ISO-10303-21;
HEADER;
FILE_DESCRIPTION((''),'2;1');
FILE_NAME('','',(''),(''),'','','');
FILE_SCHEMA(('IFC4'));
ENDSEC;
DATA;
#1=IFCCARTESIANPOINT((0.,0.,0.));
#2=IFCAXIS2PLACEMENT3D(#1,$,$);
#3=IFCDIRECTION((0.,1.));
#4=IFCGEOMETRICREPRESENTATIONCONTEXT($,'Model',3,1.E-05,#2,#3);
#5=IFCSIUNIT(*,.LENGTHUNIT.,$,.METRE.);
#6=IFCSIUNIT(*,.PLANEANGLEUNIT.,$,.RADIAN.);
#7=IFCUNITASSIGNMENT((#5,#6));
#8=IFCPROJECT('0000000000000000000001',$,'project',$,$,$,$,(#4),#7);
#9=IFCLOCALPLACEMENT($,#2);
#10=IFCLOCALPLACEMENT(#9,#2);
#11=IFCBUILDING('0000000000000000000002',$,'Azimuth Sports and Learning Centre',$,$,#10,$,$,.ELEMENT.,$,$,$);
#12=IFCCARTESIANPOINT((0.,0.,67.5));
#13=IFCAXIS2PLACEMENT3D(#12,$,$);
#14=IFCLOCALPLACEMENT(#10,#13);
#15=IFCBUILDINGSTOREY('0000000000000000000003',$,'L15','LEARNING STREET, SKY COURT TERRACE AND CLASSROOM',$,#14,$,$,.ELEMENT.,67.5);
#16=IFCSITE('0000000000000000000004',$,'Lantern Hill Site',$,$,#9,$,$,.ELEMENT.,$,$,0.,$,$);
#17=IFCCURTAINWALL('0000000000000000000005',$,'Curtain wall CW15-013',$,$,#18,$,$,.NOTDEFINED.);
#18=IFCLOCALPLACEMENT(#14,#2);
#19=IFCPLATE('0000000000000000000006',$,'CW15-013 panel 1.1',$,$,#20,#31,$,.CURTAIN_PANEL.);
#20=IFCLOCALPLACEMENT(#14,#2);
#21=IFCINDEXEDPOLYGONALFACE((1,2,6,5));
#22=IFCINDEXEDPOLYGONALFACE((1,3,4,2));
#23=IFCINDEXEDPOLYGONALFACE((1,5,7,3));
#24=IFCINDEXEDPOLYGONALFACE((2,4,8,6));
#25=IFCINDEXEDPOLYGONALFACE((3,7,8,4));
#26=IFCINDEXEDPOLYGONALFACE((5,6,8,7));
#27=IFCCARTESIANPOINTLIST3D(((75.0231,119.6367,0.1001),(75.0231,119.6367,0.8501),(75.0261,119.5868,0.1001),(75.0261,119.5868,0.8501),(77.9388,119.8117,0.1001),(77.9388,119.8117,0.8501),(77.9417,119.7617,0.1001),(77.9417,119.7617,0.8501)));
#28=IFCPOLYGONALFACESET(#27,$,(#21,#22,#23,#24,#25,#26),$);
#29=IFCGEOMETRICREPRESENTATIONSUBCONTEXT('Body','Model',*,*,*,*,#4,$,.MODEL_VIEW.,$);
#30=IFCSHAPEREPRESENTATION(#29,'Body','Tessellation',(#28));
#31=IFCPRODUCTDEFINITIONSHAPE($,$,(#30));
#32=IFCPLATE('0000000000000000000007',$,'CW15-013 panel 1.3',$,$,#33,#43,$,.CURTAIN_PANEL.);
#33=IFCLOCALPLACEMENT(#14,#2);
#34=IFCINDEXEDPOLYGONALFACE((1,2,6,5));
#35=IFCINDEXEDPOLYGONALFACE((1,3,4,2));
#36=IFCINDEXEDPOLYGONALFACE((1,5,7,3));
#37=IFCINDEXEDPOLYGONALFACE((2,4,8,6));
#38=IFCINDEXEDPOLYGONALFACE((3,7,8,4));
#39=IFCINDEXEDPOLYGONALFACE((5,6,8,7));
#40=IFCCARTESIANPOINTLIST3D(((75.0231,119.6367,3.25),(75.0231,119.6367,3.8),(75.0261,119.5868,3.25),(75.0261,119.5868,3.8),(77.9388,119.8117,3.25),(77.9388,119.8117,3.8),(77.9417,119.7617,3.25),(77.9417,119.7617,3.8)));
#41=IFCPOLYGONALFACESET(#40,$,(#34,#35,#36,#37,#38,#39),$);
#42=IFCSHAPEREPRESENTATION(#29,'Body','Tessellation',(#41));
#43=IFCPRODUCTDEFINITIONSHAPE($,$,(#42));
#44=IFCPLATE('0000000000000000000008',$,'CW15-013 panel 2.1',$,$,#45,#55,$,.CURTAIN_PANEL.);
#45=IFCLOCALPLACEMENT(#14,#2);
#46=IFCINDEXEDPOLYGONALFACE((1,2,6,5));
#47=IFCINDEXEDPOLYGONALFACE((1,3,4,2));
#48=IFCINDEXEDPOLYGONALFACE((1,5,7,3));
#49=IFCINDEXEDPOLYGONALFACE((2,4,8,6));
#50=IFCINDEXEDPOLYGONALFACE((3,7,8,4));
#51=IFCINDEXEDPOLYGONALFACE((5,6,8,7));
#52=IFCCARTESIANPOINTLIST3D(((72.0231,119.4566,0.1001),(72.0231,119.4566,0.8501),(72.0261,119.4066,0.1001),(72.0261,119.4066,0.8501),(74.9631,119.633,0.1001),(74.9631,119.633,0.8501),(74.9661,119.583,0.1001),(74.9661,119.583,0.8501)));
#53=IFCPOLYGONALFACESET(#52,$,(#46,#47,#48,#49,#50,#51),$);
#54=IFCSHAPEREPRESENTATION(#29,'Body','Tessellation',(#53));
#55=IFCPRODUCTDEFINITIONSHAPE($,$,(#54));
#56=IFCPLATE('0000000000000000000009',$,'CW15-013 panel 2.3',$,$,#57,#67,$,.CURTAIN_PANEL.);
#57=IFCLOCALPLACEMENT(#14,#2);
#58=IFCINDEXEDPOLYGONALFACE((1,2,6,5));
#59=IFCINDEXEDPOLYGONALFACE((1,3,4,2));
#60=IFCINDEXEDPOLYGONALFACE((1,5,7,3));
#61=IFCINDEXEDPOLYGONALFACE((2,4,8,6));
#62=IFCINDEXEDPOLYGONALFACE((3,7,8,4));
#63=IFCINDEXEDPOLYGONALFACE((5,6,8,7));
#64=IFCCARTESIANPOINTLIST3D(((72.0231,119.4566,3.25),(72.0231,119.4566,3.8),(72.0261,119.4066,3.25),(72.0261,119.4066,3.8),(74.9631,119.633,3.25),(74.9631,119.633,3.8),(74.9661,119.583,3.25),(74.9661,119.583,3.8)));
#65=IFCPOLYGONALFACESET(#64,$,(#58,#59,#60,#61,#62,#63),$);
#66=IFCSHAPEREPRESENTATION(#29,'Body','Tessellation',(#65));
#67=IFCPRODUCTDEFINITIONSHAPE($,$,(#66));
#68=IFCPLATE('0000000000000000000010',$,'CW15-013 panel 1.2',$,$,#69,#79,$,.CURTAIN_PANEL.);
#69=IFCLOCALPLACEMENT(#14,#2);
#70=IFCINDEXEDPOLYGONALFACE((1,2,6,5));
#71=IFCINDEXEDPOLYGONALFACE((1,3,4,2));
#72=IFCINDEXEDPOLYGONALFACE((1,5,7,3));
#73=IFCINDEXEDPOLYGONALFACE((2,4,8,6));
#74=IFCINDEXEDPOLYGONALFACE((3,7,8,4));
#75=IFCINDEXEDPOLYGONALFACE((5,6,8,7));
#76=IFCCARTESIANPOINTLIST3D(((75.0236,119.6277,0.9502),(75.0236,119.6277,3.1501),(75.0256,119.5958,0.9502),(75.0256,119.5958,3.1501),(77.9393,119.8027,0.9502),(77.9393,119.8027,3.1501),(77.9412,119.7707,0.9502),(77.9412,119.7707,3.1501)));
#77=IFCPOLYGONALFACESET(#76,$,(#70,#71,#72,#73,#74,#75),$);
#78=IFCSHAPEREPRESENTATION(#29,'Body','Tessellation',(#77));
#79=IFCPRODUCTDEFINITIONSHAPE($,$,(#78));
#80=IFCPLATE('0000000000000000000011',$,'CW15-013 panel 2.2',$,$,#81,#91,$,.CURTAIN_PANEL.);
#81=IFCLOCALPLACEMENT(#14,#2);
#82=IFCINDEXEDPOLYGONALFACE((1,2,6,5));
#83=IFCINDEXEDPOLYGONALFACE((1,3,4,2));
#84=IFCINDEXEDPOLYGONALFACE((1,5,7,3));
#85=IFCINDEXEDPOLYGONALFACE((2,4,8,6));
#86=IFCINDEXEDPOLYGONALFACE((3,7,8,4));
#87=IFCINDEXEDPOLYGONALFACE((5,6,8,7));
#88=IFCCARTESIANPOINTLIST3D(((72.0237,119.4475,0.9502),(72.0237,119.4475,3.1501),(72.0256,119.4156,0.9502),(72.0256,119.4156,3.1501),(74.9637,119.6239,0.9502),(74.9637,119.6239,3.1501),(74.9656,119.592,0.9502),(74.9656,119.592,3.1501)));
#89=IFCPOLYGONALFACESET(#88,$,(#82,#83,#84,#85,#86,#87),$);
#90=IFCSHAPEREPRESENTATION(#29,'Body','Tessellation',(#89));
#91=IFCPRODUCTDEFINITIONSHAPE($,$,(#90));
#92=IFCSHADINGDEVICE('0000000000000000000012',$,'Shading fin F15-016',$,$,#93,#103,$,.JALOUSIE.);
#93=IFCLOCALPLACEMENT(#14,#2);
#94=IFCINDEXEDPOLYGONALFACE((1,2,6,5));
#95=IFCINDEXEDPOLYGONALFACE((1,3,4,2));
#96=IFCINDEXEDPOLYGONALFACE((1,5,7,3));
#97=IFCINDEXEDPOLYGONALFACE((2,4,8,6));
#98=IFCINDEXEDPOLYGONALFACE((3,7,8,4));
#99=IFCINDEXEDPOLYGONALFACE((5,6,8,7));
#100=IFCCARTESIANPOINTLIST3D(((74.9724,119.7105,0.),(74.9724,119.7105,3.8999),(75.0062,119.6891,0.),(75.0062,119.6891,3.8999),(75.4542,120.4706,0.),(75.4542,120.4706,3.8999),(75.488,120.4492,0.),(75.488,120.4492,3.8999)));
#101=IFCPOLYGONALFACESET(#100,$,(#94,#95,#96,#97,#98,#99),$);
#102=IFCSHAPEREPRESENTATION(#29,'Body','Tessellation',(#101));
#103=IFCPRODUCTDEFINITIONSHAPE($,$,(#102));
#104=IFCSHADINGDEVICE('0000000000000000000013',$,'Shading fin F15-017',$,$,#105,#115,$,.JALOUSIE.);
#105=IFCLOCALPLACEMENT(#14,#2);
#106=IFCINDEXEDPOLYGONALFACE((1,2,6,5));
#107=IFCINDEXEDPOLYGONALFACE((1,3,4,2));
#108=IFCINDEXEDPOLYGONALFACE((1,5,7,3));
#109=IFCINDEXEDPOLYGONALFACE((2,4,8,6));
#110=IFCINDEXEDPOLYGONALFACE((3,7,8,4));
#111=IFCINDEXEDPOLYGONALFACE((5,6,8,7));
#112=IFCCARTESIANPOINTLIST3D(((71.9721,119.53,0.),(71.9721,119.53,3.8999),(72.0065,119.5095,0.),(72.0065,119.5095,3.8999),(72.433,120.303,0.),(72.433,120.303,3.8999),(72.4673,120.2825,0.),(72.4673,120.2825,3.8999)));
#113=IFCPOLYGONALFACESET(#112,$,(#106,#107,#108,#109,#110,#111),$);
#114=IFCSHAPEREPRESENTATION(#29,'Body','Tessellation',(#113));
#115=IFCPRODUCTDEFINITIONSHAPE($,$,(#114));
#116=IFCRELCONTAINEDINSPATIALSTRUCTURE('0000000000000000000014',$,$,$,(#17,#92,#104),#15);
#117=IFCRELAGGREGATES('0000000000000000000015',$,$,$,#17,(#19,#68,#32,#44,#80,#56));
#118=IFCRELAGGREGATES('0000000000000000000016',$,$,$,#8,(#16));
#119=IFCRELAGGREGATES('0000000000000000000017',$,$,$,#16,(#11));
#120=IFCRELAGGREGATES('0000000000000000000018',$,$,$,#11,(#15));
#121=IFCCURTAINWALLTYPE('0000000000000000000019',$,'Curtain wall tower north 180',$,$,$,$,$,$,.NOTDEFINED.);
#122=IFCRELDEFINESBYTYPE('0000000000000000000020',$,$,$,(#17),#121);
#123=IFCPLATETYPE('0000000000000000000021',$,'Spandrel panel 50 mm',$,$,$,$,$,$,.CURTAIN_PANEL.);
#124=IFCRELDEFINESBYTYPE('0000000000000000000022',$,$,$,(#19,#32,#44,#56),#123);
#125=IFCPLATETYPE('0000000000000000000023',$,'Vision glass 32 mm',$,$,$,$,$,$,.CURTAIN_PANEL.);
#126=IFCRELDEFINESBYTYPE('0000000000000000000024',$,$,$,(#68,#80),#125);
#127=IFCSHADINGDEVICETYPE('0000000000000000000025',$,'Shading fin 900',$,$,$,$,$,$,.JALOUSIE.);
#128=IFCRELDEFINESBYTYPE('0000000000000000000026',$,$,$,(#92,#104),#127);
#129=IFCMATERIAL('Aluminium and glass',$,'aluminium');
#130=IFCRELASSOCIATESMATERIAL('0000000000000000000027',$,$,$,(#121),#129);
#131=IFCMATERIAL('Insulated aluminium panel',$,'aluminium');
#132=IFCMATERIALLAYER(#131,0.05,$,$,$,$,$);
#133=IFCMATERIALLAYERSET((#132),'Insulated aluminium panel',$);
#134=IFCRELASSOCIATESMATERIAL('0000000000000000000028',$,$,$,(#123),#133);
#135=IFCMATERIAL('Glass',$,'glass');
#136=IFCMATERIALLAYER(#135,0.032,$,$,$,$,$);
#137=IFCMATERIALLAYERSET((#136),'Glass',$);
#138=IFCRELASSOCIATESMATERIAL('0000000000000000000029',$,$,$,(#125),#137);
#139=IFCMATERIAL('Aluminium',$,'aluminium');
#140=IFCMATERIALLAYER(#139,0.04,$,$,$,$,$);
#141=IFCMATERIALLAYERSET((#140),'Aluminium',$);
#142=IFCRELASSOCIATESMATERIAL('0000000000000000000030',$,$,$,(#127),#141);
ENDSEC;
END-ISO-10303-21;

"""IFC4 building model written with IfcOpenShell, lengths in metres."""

from ifc_helpers import new_model, si_unit, direction, frame, origin, origin_2d, place, context, subcontext, project, spatial, rectangle, extrude, material, layer, layer_set, type_object, element, aggregate, save


model = new_model("IFC4")

# Units and contexts
model_context = context("Model", 3, precision=1e-05, world=origin(), true_north=direction((0.0, 1.0)))
body_context = subcontext(model_context, "Body", "Model", "MODEL_VIEW")
ifc_project = project(units=[si_unit("LENGTHUNIT", "METRE"), si_unit("PLANEANGLEUNIT", "RADIAN")], contexts=[model_context])

# Site, building, storey
site_placement = place(None, origin())
site = spatial("IfcSite", under=ifc_project, at=site_placement, Name="Lantern Hill Site", CompositionType="ELEMENT", RefElevation=0.0)
building_placement = place(site_placement, origin())
building = spatial("IfcBuilding", under=site, at=building_placement, Name="Azimuth Sports and Learning Centre", CompositionType="ELEMENT")
storey_placement = place(building_placement, frame((0.0, 0.0, 67.5)))
storey = spatial("IfcBuildingStorey", under=building, at=storey_placement, Name="L15", Description="LEARNING STREET, SKY COURT TERRACE AND CLASSROOM", CompositionType="ELEMENT", Elevation=67.5)

# Curtain wall, plates
ifc_material_1 = material(Name="Aluminium and glass", Category="aluminium")
curtain_wall_type = type_object("IfcCurtainWallType", Name="Curtain wall tower north 180", PredefinedType="NOTDEFINED", material=ifc_material_1)
curtain_wall_placement = place(storey_placement, origin())
curtain_wall = element("IfcCurtainWall", 1, at=curtain_wall_placement, inside=storey, type_object=curtain_wall_type, Name="Curtain wall CW15-013", PredefinedType="NOTDEFINED")
ifc_material_2 = material(Name="Insulated aluminium panel", Category="aluminium")
ifc_layer_1 = layer(ifc_material_2, 0.05)
ifc_layer_set_1 = layer_set([ifc_layer_1], Name="Insulated aluminium panel")
plate_type_1 = type_object("IfcPlateType", Name="Spandrel panel 50 mm", PredefinedType="CURTAIN_PANEL", material=ifc_layer_set_1)
plate_1_placement = place(storey_placement, frame((76.4824, 119.6992, 0.1001), z_axis=(0.0, 0.0, 1.0), x_axis=(-0.998205, -0.059892, 0.0)))
plate_1 = element("IfcPlate", 2, at=plate_1_placement, type_object=plate_type_1, Name="CW15-013 panel 1.1", PredefinedType="CURTAIN_PANEL", context=body_context, shape_type="SweptSolid", body=[
    extrude(rectangle(XDim=2.9209, YDim=0.05, at=origin_2d()), origin(), (0.0, 0.0, 1.0), 0.75),
])
plate_2_placement = place(storey_placement, frame((76.4824, 119.6992, 3.25), z_axis=(0.0, 0.0, 1.0), x_axis=(-0.998205, -0.059892, 0.0)))
plate_2 = element("IfcPlate", 3, at=plate_2_placement, type_object=plate_type_1, Name="CW15-013 panel 1.3", PredefinedType="CURTAIN_PANEL", context=body_context, shape_type="SweptSolid", body=[
    extrude(rectangle(XDim=2.9209, YDim=0.05, at=origin_2d()), origin(), (0.0, 0.0, 1.0), 0.55),
])
plate_3_placement = place(storey_placement, frame((73.4946, 119.5198, 0.1001), z_axis=(0.0, 0.0, 1.0), x_axis=(-0.998205, -0.059892, 0.0)))
plate_3 = element("IfcPlate", 4, at=plate_3_placement, type_object=plate_type_1, Name="CW15-013 panel 2.1", PredefinedType="CURTAIN_PANEL", context=body_context, shape_type="SweptSolid", body=[
    extrude(rectangle(XDim=2.9453, YDim=0.05, at=origin_2d()), origin(), (0.0, 0.0, 1.0), 0.75),
])
plate_4_placement = place(storey_placement, frame((73.4946, 119.5198, 3.25), z_axis=(0.0, 0.0, 1.0), x_axis=(-0.998205, -0.059892, 0.0)))
plate_4 = element("IfcPlate", 5, at=plate_4_placement, type_object=plate_type_1, Name="CW15-013 panel 2.3", PredefinedType="CURTAIN_PANEL", context=body_context, shape_type="SweptSolid", body=[
    extrude(rectangle(XDim=2.9453, YDim=0.05, at=origin_2d()), origin(), (0.0, 0.0, 1.0), 0.55),
])
ifc_material_3 = material(Name="Glass", Category="glass")
ifc_layer_2 = layer(ifc_material_3, 0.032)
ifc_layer_set_2 = layer_set([ifc_layer_2], Name="Glass")
plate_type_2 = type_object("IfcPlateType", Name="Vision glass 32 mm", PredefinedType="CURTAIN_PANEL", material=ifc_layer_set_2)
plate_5_placement = place(storey_placement, frame((76.4824, 119.6992, 0.9502), z_axis=(0.0, 0.0, 1.0), x_axis=(-0.998205, -0.059892, 0.0)))
plate_5 = element("IfcPlate", 6, at=plate_5_placement, type_object=plate_type_2, Name="CW15-013 panel 1.2", PredefinedType="CURTAIN_PANEL", context=body_context, shape_type="SweptSolid", body=[
    extrude(rectangle(XDim=2.9209, YDim=0.032, at=origin_2d()), origin(), (0.0, 0.0, 1.0), 2.2),
])
plate_6_placement = place(storey_placement, frame((73.4946, 119.5198, 0.9502), z_axis=(0.0, 0.0, 1.0), x_axis=(-0.998205, -0.059892, 0.0)))
plate_6 = element("IfcPlate", 7, at=plate_6_placement, type_object=plate_type_2, Name="CW15-013 panel 2.2", PredefinedType="CURTAIN_PANEL", context=body_context, shape_type="SweptSolid", body=[
    extrude(rectangle(XDim=2.9453, YDim=0.032, at=origin_2d()), origin(), (0.0, 0.0, 1.0), 2.2),
])
aggregate(curtain_wall, [plate_1, plate_5, plate_2, plate_3, plate_6, plate_4])

# Shading devices
ifc_material_4 = material(Name="Aluminium", Category="aluminium")
ifc_layer_3 = layer(ifc_material_4, 0.04)
ifc_layer_set_3 = layer_set([ifc_layer_3], Name="Aluminium")
shading_device_type = type_object("IfcShadingDeviceType", Name="Shading fin 900", PredefinedType="JALOUSIE", material=ifc_layer_set_3)
for number, where, z_axis, x_axis, name in (
    (8, (75.2302, 120.0798, 0.0), (0.0, 0.0, 1.0), (0.535372, 0.844616, 0.0), "Shading fin F15-016"),
    (9, (72.2197, 119.9062, 0.0), (0.0, 0.0, 1.0), (0.512109, 0.85892, 0.0), "Shading fin F15-017"),
):
    element("IfcShadingDevice", number, at=place(storey_placement, frame(where, z_axis=z_axis, x_axis=x_axis)), inside=storey, type_object=shading_device_type, Name=name, PredefinedType="JALOUSIE", context=body_context, shape_type="SweptSolid", body=[
        extrude(rectangle(XDim=0.8999, YDim=0.04, at=origin_2d()), origin(), (0.0, 0.0, 1.0), 3.8999),
    ])

save(model, "model.ifc")
